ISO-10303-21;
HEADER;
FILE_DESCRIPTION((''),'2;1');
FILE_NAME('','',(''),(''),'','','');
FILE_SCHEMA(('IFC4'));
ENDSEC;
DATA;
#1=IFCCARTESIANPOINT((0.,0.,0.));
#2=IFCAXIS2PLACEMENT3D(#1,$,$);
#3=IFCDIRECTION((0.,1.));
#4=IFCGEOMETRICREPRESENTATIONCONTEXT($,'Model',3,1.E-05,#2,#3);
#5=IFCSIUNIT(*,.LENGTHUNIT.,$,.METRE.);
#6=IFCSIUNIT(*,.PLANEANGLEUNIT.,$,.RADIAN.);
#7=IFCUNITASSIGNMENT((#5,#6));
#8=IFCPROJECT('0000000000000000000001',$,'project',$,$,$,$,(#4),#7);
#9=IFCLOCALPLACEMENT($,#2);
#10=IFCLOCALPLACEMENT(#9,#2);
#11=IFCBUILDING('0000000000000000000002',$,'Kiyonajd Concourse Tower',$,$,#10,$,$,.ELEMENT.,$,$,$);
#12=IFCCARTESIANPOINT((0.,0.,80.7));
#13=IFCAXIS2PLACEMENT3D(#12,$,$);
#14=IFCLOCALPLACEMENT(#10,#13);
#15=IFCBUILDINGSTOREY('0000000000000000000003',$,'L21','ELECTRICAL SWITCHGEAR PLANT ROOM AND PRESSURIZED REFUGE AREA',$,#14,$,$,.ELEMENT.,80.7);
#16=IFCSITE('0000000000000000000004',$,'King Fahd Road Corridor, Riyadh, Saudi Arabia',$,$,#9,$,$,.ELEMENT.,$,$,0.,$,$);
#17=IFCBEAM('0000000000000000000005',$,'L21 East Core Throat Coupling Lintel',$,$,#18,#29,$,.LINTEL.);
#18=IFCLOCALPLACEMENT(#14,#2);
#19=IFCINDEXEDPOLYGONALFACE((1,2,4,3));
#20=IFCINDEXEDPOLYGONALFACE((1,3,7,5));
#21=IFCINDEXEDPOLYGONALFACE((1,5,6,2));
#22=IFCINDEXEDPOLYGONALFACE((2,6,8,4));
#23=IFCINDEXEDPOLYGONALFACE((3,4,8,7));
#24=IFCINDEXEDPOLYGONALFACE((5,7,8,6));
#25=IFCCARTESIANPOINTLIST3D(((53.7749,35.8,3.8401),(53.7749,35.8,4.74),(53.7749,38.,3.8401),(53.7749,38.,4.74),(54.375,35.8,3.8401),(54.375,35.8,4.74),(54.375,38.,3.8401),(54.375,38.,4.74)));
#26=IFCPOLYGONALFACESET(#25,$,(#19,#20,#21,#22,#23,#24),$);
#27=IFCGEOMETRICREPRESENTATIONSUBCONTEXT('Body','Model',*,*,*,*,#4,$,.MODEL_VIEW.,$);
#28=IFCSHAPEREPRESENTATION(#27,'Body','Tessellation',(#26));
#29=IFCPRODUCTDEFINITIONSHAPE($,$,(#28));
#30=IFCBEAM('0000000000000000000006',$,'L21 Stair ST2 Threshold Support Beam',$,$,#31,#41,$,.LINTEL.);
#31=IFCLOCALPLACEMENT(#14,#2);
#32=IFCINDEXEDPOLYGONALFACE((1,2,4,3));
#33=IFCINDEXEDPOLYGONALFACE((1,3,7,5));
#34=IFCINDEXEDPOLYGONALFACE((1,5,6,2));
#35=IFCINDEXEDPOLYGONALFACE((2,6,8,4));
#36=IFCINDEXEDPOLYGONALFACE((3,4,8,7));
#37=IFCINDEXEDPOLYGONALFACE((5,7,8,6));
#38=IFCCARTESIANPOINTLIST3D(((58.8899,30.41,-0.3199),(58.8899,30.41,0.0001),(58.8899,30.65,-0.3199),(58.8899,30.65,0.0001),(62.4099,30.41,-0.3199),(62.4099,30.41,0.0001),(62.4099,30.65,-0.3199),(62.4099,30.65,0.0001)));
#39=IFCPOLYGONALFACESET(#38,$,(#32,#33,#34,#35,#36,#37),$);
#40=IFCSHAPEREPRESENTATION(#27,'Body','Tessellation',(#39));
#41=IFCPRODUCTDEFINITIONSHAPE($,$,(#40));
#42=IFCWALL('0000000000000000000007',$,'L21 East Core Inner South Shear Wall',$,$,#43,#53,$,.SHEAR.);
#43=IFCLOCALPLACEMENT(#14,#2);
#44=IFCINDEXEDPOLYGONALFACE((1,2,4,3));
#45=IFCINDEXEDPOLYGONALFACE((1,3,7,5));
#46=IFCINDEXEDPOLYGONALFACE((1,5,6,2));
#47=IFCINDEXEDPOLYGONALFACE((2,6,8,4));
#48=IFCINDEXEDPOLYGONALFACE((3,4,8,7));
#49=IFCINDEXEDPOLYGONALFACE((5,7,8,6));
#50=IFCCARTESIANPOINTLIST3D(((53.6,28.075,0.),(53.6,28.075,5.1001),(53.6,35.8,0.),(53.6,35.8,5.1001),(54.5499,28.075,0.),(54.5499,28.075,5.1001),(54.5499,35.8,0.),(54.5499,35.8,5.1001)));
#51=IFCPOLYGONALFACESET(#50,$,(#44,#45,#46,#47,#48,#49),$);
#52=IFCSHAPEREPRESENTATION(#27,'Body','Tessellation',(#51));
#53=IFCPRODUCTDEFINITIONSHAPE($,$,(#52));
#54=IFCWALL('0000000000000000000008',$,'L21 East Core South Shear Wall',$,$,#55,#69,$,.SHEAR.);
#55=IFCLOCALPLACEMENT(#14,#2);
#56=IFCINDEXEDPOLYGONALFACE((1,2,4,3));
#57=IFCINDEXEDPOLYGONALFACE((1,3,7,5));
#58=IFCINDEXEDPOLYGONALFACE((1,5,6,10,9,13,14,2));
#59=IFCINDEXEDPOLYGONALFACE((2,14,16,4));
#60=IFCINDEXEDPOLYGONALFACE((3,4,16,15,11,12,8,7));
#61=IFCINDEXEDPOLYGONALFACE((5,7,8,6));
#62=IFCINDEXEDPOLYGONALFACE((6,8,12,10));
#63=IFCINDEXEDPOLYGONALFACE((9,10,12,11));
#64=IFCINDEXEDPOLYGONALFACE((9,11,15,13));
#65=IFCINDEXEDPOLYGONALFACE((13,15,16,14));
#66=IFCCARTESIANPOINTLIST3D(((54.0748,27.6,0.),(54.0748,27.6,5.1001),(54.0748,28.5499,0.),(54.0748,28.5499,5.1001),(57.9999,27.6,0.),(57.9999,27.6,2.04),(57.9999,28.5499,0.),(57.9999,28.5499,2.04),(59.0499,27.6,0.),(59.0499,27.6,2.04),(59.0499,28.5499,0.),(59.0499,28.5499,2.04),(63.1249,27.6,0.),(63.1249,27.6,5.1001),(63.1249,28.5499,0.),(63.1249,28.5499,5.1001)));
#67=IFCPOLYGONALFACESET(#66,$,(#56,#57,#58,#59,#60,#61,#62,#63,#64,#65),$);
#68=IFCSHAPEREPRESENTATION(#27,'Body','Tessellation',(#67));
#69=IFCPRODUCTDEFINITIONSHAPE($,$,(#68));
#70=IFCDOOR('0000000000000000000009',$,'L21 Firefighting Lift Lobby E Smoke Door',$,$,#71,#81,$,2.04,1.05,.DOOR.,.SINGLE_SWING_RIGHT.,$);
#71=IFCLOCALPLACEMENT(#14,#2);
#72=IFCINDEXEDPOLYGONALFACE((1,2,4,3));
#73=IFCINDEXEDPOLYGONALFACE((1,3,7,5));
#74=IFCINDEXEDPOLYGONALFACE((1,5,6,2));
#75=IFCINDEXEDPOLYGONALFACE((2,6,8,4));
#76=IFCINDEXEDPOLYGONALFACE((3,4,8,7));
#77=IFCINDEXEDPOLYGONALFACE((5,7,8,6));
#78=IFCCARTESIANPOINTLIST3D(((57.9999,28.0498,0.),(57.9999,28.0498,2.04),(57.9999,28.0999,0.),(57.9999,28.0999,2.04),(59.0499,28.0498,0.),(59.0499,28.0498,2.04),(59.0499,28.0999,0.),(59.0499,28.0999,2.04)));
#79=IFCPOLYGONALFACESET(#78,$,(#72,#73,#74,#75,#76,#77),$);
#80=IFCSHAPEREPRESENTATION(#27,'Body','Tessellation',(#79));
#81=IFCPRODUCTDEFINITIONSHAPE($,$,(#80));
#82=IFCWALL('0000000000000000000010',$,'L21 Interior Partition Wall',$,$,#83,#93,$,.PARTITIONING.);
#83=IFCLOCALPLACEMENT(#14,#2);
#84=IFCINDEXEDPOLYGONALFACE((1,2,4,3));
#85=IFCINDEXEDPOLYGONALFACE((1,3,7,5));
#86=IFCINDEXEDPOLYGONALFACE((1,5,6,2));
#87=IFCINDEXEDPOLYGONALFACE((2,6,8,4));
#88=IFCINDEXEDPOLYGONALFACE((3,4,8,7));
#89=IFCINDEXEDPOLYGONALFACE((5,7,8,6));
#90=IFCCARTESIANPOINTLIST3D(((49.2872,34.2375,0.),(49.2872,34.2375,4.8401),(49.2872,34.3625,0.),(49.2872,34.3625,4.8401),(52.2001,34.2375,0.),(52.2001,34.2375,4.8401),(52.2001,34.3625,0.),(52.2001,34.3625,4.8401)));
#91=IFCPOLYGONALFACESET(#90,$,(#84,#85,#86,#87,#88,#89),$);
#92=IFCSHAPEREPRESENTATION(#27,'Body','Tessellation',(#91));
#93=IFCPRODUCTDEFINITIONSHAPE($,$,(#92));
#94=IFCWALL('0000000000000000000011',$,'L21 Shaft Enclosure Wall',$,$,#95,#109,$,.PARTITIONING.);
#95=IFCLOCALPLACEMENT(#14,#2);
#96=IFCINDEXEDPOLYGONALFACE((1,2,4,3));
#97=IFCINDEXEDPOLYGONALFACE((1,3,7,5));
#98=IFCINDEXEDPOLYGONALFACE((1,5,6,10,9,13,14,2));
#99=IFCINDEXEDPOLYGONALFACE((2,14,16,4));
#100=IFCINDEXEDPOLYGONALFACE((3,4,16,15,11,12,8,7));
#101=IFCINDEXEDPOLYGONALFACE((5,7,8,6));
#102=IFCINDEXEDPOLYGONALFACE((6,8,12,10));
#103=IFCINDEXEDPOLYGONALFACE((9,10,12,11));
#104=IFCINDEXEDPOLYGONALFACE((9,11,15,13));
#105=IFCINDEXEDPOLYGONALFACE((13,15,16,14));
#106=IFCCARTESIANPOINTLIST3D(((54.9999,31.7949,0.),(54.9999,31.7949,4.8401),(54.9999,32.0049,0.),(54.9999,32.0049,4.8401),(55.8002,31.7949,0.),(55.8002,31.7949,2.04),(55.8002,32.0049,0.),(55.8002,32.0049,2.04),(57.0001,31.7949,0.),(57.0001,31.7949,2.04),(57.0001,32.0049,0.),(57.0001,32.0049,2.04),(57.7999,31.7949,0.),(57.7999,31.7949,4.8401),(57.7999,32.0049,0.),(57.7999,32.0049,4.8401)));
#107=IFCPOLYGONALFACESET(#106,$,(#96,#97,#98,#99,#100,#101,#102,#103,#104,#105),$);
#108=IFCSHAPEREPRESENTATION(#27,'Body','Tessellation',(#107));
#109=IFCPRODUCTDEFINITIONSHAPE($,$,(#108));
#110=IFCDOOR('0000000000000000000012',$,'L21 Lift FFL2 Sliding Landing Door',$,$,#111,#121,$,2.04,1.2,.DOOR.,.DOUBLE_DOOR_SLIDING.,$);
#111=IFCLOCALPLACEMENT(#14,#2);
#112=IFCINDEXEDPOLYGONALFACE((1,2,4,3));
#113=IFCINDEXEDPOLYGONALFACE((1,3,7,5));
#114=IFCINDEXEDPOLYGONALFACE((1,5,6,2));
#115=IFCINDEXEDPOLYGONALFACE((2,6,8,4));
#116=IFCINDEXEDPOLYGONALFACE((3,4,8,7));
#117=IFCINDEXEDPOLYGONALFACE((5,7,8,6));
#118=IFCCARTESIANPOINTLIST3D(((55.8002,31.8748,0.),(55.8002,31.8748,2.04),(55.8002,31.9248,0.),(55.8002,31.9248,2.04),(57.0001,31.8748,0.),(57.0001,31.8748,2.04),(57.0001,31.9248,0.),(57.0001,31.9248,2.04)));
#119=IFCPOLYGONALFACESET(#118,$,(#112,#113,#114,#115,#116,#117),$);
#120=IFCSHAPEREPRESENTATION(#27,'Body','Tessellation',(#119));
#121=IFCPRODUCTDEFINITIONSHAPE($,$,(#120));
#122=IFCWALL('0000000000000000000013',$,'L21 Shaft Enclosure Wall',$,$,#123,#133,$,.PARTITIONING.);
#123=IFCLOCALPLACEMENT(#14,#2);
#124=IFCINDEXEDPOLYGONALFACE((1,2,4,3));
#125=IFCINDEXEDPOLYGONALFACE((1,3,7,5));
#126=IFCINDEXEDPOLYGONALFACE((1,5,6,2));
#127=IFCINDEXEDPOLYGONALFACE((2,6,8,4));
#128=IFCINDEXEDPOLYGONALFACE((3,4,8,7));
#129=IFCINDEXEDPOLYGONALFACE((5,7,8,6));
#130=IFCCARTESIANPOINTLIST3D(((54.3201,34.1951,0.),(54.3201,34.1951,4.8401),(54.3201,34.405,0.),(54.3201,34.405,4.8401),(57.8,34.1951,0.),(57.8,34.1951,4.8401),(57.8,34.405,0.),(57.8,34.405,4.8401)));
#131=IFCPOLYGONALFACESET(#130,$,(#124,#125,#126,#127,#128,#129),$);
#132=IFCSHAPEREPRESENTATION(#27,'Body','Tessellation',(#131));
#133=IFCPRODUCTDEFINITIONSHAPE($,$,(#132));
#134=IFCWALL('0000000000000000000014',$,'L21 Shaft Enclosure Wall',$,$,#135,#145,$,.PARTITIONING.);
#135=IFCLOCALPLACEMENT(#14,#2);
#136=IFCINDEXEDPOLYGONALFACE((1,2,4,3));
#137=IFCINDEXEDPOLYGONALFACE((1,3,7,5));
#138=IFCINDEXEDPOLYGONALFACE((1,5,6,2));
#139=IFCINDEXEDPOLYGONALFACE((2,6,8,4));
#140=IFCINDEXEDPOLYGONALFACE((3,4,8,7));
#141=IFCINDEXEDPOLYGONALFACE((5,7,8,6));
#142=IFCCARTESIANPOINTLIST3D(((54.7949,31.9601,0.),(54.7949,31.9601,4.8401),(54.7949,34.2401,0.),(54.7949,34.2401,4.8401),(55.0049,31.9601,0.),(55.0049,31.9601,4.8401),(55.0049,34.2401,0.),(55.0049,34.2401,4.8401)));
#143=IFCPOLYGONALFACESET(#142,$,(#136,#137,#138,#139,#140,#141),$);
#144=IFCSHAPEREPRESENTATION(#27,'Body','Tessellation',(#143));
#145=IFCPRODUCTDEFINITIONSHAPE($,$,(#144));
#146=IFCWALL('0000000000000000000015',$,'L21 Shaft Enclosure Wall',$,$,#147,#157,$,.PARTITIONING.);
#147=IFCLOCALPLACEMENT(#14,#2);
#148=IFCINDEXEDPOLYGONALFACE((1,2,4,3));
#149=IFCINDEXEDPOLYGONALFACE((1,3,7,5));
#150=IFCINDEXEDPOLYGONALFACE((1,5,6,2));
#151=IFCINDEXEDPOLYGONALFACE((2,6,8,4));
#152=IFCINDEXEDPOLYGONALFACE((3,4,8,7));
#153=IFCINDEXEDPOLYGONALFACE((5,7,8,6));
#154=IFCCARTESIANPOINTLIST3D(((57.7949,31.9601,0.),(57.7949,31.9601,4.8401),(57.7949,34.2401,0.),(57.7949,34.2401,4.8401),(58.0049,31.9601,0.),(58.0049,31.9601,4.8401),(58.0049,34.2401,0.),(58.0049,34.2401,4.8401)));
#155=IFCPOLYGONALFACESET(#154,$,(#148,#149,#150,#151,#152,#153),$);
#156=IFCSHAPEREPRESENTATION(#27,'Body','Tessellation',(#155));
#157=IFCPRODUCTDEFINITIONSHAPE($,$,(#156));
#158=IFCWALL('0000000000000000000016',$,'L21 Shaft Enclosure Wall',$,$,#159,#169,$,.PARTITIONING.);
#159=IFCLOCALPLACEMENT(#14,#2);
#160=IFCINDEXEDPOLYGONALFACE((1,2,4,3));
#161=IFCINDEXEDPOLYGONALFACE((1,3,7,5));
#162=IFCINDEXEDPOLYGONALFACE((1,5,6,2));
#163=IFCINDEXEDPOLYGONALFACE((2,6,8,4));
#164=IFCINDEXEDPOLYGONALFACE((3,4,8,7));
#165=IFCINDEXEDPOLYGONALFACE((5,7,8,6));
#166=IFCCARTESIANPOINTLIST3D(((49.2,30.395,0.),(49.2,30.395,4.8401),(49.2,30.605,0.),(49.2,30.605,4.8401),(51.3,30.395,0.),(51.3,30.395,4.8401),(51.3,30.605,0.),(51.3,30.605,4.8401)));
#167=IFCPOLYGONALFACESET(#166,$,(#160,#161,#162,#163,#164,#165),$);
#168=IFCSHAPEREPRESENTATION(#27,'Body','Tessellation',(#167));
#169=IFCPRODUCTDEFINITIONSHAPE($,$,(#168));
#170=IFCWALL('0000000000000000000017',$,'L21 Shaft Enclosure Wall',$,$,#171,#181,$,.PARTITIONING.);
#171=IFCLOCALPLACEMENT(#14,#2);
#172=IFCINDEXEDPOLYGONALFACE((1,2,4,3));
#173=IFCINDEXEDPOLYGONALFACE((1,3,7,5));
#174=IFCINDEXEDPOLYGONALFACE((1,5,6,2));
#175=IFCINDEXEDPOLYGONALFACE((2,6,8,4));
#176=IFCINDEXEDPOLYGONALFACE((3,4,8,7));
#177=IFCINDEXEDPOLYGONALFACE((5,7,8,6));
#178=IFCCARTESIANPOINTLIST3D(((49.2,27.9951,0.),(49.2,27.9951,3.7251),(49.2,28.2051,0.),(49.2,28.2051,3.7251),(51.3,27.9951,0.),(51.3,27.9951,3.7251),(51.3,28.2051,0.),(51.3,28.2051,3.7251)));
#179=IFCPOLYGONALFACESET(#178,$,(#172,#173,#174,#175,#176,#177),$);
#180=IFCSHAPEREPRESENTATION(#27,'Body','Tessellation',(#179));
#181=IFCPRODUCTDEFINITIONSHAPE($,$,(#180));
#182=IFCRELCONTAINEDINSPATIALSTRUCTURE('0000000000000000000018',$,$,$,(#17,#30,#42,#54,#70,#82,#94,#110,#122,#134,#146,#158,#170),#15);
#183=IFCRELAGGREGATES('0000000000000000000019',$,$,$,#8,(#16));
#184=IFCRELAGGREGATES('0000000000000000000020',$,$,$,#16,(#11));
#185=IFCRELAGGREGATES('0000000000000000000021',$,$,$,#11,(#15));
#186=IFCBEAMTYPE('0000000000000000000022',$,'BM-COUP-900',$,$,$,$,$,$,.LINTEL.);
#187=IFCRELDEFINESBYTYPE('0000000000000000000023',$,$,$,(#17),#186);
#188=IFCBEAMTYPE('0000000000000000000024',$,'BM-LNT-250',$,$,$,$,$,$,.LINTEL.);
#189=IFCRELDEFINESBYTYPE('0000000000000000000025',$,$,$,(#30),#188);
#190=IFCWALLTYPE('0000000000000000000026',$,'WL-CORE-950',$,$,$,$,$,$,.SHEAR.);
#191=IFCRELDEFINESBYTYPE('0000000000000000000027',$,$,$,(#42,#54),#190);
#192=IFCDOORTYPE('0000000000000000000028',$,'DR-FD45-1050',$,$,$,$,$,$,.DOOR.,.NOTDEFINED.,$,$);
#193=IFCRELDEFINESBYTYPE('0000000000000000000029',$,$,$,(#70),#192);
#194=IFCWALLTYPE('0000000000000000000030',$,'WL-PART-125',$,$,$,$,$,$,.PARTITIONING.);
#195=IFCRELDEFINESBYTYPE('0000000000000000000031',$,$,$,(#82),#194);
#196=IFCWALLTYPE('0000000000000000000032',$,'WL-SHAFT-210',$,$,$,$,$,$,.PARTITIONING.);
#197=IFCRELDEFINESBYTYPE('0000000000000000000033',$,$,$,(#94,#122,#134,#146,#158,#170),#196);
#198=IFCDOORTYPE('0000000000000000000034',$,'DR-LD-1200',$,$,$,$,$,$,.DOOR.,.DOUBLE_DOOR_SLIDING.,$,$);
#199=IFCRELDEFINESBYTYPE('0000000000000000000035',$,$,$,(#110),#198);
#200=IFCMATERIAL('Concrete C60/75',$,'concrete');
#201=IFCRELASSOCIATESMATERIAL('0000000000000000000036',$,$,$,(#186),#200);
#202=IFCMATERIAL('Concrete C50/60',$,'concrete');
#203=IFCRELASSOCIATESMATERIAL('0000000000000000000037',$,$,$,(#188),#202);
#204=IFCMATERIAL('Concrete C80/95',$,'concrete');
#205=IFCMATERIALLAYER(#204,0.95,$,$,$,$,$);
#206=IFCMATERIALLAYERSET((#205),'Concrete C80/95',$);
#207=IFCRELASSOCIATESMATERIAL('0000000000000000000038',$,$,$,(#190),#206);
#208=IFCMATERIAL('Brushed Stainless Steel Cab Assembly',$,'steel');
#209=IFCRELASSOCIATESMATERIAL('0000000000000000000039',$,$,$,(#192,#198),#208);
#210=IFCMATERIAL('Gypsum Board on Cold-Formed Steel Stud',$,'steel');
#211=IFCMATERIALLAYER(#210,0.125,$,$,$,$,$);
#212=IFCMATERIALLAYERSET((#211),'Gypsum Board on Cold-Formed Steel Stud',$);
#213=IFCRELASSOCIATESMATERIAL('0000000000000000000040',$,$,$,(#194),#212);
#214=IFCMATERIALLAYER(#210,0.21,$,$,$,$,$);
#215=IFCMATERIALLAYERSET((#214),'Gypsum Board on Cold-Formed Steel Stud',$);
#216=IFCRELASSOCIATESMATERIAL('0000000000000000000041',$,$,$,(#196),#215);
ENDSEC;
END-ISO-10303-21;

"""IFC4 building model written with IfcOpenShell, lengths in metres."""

from ifc_helpers import new_model, si_unit, direction, frame, frame_2d, origin, origin_2d, place, context, subcontext, project, spatial, rectangle, extrude, material, layer, layer_set, material_profile, profile_set, type_object, element, fill, save


model = new_model("IFC4")

# Units and contexts
model_context = context("Model", 3, precision=1e-05, world=origin(), true_north=direction((0.0, 1.0)))
body_context = subcontext(model_context, "Body", "Model", "MODEL_VIEW")
ifc_project = project(units=[si_unit("LENGTHUNIT", "METRE"), si_unit("PLANEANGLEUNIT", "RADIAN")], contexts=[model_context])

# Site, building, storey
site_placement = place(None, origin())
site = spatial("IfcSite", under=ifc_project, at=site_placement, Name="King Fahd Road Corridor, Riyadh, Saudi Arabia", CompositionType="ELEMENT", RefElevation=0.0)
building_placement = place(site_placement, origin())
building = spatial("IfcBuilding", under=site, at=building_placement, Name="Kiyonajd Concourse Tower", CompositionType="ELEMENT")
storey_placement = place(building_placement, frame((0.0, 0.0, 80.7)))
storey = spatial("IfcBuildingStorey", under=building, at=storey_placement, Name="L21", Description="ELECTRICAL SWITCHGEAR PLANT ROOM AND PRESSURIZED REFUGE AREA", CompositionType="ELEMENT", Elevation=80.7)

# Beams
ifc_material_1 = material(Name="Concrete C60/75", Category="concrete")
ifc_material_profile_1 = material_profile(ifc_material_1, rectangle(XDim=0.6001, YDim=0.8999, at=origin_2d()), Name="RCBM-600x900")
ifc_profile_set_1 = profile_set([ifc_material_profile_1], Name="Concrete C60/75")
beam_type_1 = type_object("IfcBeamType", Name="BM-COUP-900", PredefinedType="LINTEL", material=ifc_profile_set_1)
beam_1_placement = place(storey_placement, frame((54.075, 35.8, 4.29), z_axis=(0.0, 1.0, 0.0), x_axis=(-1.0, 0.0, 0.0)))
element("IfcBeam", 1, at=beam_1_placement, inside=storey, type_object=beam_type_1, Name="L21 East Core Throat Coupling Lintel", PredefinedType="LINTEL", context=body_context, shape_type="SweptSolid", body=[
    extrude(rectangle(XDim=0.6001, YDim=0.8999, at=origin_2d()), origin(), (0.0, 0.0, 1.0), 2.2),
])
ifc_material_2 = material(Name="Concrete C50/60", Category="concrete")
ifc_material_profile_2 = material_profile(ifc_material_2, rectangle(XDim=0.24, YDim=0.3201, at=origin_2d()), Name="RCBM-240x320")
ifc_profile_set_2 = profile_set([ifc_material_profile_2], Name="Concrete C50/60")
beam_type_2 = type_object("IfcBeamType", Name="BM-LNT-250", PredefinedType="LINTEL", material=ifc_profile_set_2)
beam_2_placement = place(storey_placement, frame((58.8899, 30.53, -0.1599), z_axis=(1.0, 0.0, 0.0), x_axis=(0.0, 1.0, 0.0)))
element("IfcBeam", 2, at=beam_2_placement, inside=storey, type_object=beam_type_2, Name="L21 Stair ST2 Threshold Support Beam", PredefinedType="LINTEL", context=body_context, shape_type="SweptSolid", body=[
    extrude(rectangle(XDim=0.24, YDim=0.3201, at=origin_2d()), origin(), (0.0, 0.0, 1.0), 3.52),
])

# Wall
ifc_material_3 = material(Name="Concrete C80/95", Category="concrete")
ifc_layer_1 = layer(ifc_material_3, 0.95)
ifc_layer_set_1 = layer_set([ifc_layer_1], Name="Concrete C80/95")
wall_type_1 = type_object("IfcWallType", Name="WL-CORE-950", PredefinedType="SHEAR", material=ifc_layer_set_1)
wall_1_placement = place(storey_placement, frame((54.075, 28.075, 0.0), z_axis=(0.0, 0.0, 1.0), x_axis=(0.0, 1.0, 0.0)))
element("IfcWall", 3, at=wall_1_placement, inside=storey, type_object=wall_type_1, Name="L21 East Core Inner South Shear Wall", PredefinedType="SHEAR", context=body_context, shape_type="SweptSolid", body=[
    extrude(rectangle(XDim=7.7251, YDim=0.95, at=frame_2d((3.8625, 0.0))), origin(), (0.0, 0.0, 1.0), 5.1001),
])

# Wall, opening, door
wall_2_placement = place(storey_placement, frame((54.075, 28.075, 0.0), z_axis=(0.0, 0.0, 1.0), x_axis=(1.0, 0.0, 0.0)))
wall_2 = element("IfcWall", 4, at=wall_2_placement, inside=storey, type_object=wall_type_1, Name="L21 East Core South Shear Wall", PredefinedType="SHEAR", context=body_context, shape_type="SweptSolid", body=[
    extrude(rectangle(XDim=9.05, YDim=0.95, at=frame_2d((4.5249, 0.0))), origin(), (0.0, 0.0, 1.0), 5.1001),
])
opening_1_placement = place(wall_2_placement, frame((3.925, 0.0, 0.0)))
opening_1 = element("IfcOpeningElement", 5, at=opening_1_placement, cuts=wall_2, PredefinedType="OPENING", context=body_context, shape_type="SweptSolid", body=[
    extrude(rectangle(XDim=1.05, YDim=2.04, at=frame_2d((0.5249, 1.02))), frame((0.0, 0.4849, 0.0), z_axis=(0.0, -1.0, 0.0), x_axis=(1.0, 0.0, 0.0)), (0.0, 0.0, 1.0), 0.97),
])
ifc_material_4 = material(Name="Brushed Stainless Steel Cab Assembly", Category="steel")
door_type_1 = type_object("IfcDoorType", Name="DR-FD45-1050", OperationType="NOTDEFINED", PredefinedType="DOOR", material=ifc_material_4)
door_1_placement = place(opening_1_placement, origin())
door_1 = element("IfcDoor", 6, at=door_1_placement, inside=storey, type_object=door_type_1, Name="L21 Firefighting Lift Lobby E Smoke Door", OperationType="SINGLE_SWING_RIGHT", OverallHeight=2.04, OverallWidth=1.05, PredefinedType="DOOR", context=body_context, shape_type="SweptSolid", body=[
    extrude(rectangle(XDim=1.05, YDim=2.04, at=frame_2d((0.5249, 1.02))), frame((0.0, 0.0249, 0.0), z_axis=(0.0, -1.0, 0.0), x_axis=(1.0, 0.0, 0.0)), (0.0, 0.0, 1.0), 0.05),
])
fill(opening_1, door_1)

# Wall
ifc_material_5 = material(Name="Gypsum Board on Cold-Formed Steel Stud", Category="steel")
ifc_layer_2 = layer(ifc_material_5, 0.125)
ifc_layer_set_2 = layer_set([ifc_layer_2], Name="Gypsum Board on Cold-Formed Steel Stud")
wall_type_2 = type_object("IfcWallType", Name="WL-PART-125", PredefinedType="PARTITIONING", material=ifc_layer_set_2)
wall_3_placement = place(storey_placement, frame((49.2871, 34.3, 0.0), z_axis=(0.0, 0.0, 1.0), x_axis=(1.0, 0.0, 0.0)))
element("IfcWall", 7, at=wall_3_placement, inside=storey, type_object=wall_type_2, Name="L21 Interior Partition Wall", PredefinedType="PARTITIONING", context=body_context, shape_type="SweptSolid", body=[
    extrude(rectangle(XDim=2.9128, YDim=0.125, at=frame_2d((1.4565, 0.0))), origin(), (0.0, 0.0, 1.0), 4.8401),
])

# Wall, opening, door
ifc_layer_3 = layer(ifc_material_5, 0.21)
ifc_layer_set_3 = layer_set([ifc_layer_3], Name="Gypsum Board on Cold-Formed Steel Stud")
wall_type_3 = type_object("IfcWallType", Name="WL-SHAFT-210", PredefinedType="PARTITIONING", material=ifc_layer_set_3)
wall_4_placement = place(storey_placement, frame((55.0, 31.8999, 0.0), z_axis=(0.0, 0.0, 1.0), x_axis=(1.0, 0.0, 0.0)))
wall_4 = element("IfcWall", 8, at=wall_4_placement, inside=storey, type_object=wall_type_3, Name="L21 Shaft Enclosure Wall", PredefinedType="PARTITIONING", context=body_context, shape_type="SweptSolid", body=[
    extrude(rectangle(XDim=2.8, YDim=0.21, at=frame_2d((1.3999, 0.0))), origin(), (0.0, 0.0, 1.0), 4.8401),
])
opening_2_placement = place(wall_4_placement, frame((0.8, 0.0, 0.0)))
opening_2 = element("IfcOpeningElement", 9, at=opening_2_placement, cuts=wall_4, PredefinedType="OPENING", context=body_context, shape_type="SweptSolid", body=[
    extrude(rectangle(XDim=1.2, YDim=2.04, at=frame_2d((0.6001, 1.02))), frame((0.0, 0.115, 0.0), z_axis=(0.0, -1.0, 0.0), x_axis=(1.0, 0.0, 0.0)), (0.0, 0.0, 1.0), 0.23),
])
door_type_2 = type_object("IfcDoorType", Name="DR-LD-1200", OperationType="DOUBLE_DOOR_SLIDING", PredefinedType="DOOR", material=ifc_material_4)
door_2_placement = place(opening_2_placement, origin())
door_2 = element("IfcDoor", 10, at=door_2_placement, inside=storey, type_object=door_type_2, Name="L21 Lift FFL2 Sliding Landing Door", OperationType="DOUBLE_DOOR_SLIDING", OverallHeight=2.04, OverallWidth=1.2, PredefinedType="DOOR", context=body_context, shape_type="SweptSolid", body=[
    extrude(rectangle(XDim=1.2, YDim=2.04, at=frame_2d((0.6001, 1.02))), frame((0.0, 0.0249, 0.0), z_axis=(0.0, -1.0, 0.0), x_axis=(1.0, 0.0, 0.0)), (0.0, 0.0, 1.0), 0.05),
])
fill(opening_2, door_2)

# Walls
wall_5_placement = place(storey_placement, frame((54.3201, 34.3, 0.0), z_axis=(0.0, 0.0, 1.0), x_axis=(1.0, 0.0, 0.0)))
element("IfcWall", 11, at=wall_5_placement, inside=storey, type_object=wall_type_3, Name="L21 Shaft Enclosure Wall", PredefinedType="PARTITIONING", context=body_context, shape_type="SweptSolid", body=[
    extrude(rectangle(XDim=3.48, YDim=0.21, at=frame_2d((1.74, 0.0))), origin(), (0.0, 0.0, 1.0), 4.8401),
])
for number, where, z_axis, x_axis, name in (
    (12, (54.8999, 31.96, 0.0), (0.0, 0.0, 1.0), (0.0, 1.0, 0.0), "L21 Shaft Enclosure Wall"),
    (13, (57.8999, 31.96, 0.0), (0.0, 0.0, 1.0), (0.0, 1.0, 0.0), "L21 Shaft Enclosure Wall"),
):
    element("IfcWall", number, at=place(storey_placement, frame(where, z_axis=z_axis, x_axis=x_axis)), inside=storey, type_object=wall_type_3, Name=name, PredefinedType="PARTITIONING", context=body_context, shape_type="SweptSolid", body=[
        extrude(rectangle(XDim=2.28, YDim=0.21, at=frame_2d((1.1401, 0.0))), origin(), (0.0, 0.0, 1.0), 4.8401),
    ])
wall_6_placement = place(storey_placement, frame((49.2, 30.5, 0.0), z_axis=(0.0, 0.0, 1.0), x_axis=(1.0, 0.0, 0.0)))
element("IfcWall", 14, at=wall_6_placement, inside=storey, type_object=wall_type_3, Name="L21 Shaft Enclosure Wall", PredefinedType="PARTITIONING", context=body_context, shape_type="SweptSolid", body=[
    extrude(rectangle(XDim=2.1001, YDim=0.21, at=frame_2d((1.05, 0.0))), origin(), (0.0, 0.0, 1.0), 4.8401),
])
wall_7_placement = place(storey_placement, frame((49.2, 28.1001, 0.0), z_axis=(0.0, 0.0, 1.0), x_axis=(1.0, 0.0, 0.0)))
element("IfcWall", 15, at=wall_7_placement, inside=storey, type_object=wall_type_3, Name="L21 Shaft Enclosure Wall", PredefinedType="PARTITIONING", context=body_context, shape_type="SweptSolid", body=[
    extrude(rectangle(XDim=2.1001, YDim=0.21, at=frame_2d((1.05, 0.0))), origin(), (0.0, 0.0, 1.0), 3.7251),
])

save(model, "model.ifc")
